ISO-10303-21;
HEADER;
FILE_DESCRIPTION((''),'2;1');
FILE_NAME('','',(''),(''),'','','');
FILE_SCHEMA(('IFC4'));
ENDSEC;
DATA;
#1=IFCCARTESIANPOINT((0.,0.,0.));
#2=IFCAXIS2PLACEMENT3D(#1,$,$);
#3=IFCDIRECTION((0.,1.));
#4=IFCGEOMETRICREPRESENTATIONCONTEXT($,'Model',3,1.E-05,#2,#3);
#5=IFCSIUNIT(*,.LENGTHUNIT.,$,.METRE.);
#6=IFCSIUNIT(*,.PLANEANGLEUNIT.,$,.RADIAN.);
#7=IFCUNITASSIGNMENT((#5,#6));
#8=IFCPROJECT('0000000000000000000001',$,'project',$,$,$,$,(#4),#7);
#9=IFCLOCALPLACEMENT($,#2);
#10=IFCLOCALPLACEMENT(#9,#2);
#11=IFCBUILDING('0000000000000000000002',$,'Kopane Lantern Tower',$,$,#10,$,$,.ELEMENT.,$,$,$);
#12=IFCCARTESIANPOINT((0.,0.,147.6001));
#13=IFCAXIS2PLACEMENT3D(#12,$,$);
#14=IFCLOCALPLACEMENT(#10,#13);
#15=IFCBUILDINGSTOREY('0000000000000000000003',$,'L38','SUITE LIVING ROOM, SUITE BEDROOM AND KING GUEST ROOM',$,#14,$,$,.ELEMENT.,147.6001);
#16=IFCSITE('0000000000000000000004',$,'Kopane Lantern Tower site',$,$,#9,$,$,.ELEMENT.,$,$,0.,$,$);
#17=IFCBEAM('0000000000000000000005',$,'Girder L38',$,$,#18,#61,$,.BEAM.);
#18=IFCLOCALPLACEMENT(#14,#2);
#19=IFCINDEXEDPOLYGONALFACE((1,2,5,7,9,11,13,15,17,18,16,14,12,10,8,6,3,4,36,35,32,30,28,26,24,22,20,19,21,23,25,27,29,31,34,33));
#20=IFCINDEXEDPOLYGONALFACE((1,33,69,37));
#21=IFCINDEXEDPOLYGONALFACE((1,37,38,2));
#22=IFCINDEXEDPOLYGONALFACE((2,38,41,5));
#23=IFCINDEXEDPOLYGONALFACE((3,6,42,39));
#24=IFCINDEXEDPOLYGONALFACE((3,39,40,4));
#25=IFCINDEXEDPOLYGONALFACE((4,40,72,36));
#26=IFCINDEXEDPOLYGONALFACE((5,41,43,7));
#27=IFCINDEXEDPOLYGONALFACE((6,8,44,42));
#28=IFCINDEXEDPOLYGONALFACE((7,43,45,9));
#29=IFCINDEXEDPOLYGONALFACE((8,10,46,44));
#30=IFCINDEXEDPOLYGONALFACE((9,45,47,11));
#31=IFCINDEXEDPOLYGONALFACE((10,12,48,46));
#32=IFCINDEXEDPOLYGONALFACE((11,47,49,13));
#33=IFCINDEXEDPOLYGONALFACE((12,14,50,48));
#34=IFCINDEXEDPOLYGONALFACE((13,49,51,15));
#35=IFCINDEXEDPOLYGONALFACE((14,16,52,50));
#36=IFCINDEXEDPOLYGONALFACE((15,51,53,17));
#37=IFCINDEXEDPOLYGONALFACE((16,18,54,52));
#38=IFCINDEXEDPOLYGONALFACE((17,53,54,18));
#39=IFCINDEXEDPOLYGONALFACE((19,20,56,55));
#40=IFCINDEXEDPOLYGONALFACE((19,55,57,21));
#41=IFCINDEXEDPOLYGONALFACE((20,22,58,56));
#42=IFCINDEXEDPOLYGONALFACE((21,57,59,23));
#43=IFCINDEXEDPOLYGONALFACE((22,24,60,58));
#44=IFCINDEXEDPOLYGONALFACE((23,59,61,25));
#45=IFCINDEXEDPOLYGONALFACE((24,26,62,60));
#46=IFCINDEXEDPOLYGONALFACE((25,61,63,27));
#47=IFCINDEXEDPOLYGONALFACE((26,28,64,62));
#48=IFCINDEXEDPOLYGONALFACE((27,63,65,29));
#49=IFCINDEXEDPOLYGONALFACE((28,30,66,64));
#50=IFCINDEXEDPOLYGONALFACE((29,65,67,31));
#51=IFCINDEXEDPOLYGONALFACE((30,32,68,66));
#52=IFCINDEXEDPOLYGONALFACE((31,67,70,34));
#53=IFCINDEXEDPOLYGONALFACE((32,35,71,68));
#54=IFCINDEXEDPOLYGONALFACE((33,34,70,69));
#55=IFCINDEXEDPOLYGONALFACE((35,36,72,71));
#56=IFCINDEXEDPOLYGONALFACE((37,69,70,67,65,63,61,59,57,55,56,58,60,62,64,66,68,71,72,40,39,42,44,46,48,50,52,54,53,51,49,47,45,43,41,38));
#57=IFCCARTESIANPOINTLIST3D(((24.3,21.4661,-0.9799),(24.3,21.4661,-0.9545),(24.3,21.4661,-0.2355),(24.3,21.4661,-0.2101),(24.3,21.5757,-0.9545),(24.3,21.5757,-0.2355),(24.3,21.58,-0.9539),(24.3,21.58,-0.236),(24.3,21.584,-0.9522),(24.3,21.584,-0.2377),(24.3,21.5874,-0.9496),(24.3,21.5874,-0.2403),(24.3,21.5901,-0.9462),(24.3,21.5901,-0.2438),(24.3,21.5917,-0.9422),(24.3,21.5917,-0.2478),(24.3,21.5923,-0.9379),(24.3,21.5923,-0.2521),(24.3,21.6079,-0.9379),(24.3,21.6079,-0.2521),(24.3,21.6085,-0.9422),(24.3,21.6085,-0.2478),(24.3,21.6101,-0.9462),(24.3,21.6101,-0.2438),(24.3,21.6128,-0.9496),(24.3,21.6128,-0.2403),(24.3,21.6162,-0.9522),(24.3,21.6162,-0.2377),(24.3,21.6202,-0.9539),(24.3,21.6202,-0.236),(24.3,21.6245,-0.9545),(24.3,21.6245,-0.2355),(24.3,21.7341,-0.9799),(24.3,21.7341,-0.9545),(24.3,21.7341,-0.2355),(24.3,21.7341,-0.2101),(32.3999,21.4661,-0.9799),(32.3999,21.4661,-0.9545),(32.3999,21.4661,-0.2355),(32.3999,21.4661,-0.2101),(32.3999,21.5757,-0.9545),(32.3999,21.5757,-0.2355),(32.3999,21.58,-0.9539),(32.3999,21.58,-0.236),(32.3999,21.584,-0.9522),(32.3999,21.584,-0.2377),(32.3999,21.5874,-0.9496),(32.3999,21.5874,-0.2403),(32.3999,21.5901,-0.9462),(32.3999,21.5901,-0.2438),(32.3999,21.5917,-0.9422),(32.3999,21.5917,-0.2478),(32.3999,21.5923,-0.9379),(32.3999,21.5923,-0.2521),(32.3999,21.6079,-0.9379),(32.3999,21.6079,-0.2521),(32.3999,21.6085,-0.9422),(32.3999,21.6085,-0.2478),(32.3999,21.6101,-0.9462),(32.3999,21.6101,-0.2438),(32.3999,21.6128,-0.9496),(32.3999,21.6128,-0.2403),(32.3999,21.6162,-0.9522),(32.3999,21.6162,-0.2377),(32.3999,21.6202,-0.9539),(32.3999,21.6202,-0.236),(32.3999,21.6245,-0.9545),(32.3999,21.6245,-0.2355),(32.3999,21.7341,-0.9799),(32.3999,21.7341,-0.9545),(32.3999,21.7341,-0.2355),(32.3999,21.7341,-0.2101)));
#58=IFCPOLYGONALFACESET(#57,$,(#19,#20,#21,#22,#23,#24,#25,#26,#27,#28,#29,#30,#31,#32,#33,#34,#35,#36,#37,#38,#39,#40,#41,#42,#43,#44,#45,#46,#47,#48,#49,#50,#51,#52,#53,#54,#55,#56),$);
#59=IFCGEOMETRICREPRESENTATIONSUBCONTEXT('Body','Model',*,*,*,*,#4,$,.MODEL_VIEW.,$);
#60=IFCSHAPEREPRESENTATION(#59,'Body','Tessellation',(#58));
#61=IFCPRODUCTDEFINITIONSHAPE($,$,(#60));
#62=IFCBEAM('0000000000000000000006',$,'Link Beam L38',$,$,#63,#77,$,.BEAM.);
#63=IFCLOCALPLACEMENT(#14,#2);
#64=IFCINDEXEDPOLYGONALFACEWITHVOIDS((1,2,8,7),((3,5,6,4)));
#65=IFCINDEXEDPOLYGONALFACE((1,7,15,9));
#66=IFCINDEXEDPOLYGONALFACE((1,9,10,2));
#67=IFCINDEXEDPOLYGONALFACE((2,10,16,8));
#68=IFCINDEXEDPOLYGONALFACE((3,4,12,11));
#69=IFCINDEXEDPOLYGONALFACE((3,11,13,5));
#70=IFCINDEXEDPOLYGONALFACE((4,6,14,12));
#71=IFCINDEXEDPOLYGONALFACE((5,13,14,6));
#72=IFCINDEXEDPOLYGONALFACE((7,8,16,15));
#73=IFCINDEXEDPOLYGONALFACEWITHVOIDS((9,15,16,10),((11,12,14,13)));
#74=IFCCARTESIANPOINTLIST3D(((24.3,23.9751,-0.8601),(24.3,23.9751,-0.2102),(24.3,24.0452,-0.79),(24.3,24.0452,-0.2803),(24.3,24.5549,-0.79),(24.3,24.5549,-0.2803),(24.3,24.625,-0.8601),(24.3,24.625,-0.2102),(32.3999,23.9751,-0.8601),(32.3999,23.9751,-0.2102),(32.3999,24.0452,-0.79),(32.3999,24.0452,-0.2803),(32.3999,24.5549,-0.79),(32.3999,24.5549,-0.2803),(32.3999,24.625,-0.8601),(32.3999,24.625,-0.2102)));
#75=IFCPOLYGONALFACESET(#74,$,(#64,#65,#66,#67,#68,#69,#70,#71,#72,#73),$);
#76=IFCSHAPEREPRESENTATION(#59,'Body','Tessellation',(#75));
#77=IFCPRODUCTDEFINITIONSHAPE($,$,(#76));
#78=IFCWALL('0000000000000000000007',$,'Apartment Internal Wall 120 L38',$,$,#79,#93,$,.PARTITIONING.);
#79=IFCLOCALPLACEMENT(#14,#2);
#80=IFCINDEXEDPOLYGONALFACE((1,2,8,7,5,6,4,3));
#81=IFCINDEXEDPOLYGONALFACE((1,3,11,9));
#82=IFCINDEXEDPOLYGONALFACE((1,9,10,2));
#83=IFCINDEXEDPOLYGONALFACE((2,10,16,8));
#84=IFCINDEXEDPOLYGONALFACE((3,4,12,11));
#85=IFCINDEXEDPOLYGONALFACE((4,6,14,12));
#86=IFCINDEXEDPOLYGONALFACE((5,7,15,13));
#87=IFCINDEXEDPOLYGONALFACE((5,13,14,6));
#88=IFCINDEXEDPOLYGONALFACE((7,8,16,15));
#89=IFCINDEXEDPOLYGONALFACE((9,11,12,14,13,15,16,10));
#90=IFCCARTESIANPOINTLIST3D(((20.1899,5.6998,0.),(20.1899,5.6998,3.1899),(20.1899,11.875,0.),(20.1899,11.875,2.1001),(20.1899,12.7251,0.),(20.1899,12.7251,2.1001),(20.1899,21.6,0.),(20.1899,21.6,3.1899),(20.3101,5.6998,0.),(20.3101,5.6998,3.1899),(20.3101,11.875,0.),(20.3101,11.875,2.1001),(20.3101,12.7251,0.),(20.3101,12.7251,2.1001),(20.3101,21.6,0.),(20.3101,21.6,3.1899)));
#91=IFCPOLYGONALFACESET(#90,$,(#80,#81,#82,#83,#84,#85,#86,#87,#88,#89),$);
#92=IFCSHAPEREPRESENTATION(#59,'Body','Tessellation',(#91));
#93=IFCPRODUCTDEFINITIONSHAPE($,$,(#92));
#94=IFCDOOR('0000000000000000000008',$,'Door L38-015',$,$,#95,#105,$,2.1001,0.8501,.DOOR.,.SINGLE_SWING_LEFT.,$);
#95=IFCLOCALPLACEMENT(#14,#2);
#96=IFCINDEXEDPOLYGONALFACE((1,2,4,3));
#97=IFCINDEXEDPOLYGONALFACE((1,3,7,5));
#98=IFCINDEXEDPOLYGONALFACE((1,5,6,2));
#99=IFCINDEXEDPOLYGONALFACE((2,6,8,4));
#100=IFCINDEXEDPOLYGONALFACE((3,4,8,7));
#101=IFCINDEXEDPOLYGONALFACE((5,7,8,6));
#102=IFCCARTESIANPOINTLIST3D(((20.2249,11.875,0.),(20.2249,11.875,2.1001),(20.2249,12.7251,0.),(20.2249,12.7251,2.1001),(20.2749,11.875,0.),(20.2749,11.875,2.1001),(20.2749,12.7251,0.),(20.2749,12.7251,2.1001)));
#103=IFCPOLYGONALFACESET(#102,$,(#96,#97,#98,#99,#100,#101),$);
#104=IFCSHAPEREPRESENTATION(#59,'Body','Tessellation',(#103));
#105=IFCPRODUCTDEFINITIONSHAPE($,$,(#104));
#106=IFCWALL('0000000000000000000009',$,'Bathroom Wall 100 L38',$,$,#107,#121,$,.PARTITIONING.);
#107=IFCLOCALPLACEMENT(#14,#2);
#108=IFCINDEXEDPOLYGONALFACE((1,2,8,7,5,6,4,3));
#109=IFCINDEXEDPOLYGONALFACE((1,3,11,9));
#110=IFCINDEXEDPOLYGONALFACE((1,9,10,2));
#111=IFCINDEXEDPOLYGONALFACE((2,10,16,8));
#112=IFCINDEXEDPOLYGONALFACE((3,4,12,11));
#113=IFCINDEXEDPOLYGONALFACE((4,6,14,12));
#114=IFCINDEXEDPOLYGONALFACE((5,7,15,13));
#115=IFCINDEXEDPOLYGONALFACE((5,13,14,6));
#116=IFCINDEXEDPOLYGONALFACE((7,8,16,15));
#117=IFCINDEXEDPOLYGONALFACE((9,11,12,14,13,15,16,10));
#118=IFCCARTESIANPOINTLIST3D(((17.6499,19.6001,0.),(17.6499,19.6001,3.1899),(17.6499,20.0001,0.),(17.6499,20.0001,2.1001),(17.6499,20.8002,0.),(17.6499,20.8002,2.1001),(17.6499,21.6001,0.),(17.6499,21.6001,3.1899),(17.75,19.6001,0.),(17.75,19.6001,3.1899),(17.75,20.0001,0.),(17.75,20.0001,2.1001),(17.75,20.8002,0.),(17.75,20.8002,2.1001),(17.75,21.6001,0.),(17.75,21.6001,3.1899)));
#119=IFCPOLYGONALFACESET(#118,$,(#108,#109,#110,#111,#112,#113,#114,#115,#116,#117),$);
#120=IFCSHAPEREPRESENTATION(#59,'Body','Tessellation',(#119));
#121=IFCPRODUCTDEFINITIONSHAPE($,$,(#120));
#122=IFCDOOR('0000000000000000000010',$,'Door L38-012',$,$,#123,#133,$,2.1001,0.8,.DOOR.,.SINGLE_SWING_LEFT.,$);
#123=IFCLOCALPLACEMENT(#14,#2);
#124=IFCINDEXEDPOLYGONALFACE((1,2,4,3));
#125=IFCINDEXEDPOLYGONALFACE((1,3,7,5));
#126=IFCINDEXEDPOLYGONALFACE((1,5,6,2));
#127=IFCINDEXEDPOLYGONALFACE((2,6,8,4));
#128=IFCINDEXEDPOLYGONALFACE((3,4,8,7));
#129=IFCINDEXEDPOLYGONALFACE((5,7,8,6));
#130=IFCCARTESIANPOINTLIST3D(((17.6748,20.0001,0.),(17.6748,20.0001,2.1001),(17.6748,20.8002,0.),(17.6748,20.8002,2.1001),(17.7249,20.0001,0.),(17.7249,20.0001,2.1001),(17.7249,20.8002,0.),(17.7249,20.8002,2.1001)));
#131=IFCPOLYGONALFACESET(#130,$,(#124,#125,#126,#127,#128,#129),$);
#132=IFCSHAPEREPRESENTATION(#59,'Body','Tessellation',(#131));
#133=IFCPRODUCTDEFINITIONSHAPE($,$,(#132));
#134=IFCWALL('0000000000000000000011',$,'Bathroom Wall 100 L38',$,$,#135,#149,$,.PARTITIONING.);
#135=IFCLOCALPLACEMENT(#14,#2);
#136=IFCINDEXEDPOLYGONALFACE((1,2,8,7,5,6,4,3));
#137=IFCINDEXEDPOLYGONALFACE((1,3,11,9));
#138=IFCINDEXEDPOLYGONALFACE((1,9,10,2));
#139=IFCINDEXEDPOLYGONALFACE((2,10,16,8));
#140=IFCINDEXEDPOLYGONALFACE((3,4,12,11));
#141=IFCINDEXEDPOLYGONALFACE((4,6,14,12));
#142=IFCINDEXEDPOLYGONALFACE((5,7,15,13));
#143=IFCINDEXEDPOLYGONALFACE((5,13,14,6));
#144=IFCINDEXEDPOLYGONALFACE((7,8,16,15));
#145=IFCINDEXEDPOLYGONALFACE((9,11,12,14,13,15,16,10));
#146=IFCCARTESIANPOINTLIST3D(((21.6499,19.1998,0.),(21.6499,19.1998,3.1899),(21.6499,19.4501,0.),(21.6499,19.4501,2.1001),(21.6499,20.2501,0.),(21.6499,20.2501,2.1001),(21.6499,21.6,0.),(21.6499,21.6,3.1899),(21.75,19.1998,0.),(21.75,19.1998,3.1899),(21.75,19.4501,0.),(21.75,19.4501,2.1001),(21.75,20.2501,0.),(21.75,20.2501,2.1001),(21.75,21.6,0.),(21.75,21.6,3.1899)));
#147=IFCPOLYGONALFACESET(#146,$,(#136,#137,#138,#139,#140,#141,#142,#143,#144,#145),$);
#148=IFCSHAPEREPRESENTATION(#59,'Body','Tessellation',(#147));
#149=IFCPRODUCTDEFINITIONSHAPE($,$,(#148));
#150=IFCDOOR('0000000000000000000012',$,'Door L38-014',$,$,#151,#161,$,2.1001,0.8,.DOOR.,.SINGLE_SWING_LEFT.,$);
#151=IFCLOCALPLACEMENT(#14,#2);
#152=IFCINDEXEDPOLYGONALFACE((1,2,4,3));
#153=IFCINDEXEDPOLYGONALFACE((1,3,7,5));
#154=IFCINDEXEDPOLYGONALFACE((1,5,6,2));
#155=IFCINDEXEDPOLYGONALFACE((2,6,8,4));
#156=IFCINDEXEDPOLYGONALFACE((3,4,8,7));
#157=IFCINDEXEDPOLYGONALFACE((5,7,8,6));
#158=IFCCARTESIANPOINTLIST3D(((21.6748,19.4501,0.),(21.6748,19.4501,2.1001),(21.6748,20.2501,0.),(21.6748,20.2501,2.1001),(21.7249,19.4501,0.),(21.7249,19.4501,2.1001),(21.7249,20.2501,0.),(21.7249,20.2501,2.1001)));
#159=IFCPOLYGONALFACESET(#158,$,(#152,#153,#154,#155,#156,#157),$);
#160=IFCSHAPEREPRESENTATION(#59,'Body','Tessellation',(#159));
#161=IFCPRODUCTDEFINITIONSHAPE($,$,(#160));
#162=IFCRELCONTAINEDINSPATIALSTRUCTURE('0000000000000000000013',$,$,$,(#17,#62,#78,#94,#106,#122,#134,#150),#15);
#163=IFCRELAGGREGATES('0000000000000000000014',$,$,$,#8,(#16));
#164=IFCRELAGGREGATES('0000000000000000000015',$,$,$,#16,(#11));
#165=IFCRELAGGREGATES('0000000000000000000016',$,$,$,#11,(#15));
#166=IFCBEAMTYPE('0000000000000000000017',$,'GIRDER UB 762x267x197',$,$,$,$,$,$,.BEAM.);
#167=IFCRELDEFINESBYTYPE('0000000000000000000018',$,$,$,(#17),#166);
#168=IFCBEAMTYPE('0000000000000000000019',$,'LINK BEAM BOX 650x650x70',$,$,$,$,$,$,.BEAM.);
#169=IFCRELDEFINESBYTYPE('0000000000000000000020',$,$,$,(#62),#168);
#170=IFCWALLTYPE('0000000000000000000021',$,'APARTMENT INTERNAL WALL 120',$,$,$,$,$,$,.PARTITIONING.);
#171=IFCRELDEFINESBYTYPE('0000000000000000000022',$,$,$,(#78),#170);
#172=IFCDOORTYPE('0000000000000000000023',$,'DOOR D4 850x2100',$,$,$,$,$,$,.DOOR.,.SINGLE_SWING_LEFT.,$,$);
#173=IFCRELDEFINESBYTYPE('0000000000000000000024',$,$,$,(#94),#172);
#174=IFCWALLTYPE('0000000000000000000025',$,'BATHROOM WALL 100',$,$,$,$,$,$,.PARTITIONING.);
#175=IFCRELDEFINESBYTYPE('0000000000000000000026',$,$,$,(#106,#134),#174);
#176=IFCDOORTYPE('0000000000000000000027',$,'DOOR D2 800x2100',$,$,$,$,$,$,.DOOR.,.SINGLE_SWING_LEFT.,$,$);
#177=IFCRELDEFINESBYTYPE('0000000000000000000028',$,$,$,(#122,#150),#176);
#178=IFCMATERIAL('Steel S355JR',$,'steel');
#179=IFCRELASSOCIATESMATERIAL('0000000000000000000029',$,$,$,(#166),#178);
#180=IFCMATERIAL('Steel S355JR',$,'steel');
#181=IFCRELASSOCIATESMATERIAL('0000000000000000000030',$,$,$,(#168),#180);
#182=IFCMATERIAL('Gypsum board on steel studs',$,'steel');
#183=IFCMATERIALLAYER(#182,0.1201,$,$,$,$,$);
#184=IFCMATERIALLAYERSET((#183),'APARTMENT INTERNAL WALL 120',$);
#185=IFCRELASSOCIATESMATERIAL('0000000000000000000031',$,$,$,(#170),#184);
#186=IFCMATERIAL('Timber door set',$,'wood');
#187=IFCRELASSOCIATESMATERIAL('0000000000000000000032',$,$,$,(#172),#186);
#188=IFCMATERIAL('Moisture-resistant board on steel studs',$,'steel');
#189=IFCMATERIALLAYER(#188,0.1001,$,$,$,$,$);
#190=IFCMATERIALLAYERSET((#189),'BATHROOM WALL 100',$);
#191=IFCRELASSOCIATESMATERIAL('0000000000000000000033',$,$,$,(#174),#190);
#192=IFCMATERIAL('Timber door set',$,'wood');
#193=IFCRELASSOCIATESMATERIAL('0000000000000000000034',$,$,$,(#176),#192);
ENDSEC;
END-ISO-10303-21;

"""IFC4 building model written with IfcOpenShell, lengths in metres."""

from ifc_helpers import new_model, si_unit, direction, frame, frame_2d, origin, origin_2d, place, context, subcontext, project, spatial, rectangle, hollow_rectangle, i_section, extrude, material, layer, layer_set, material_profile, profile_set, type_object, element, fill, save


model = new_model("IFC4")

# Units and contexts
model_context = context("Model", 3, precision=1e-05, world=origin(), true_north=direction((0.0, 1.0)))
body_context = subcontext(model_context, "Body", "Model", "MODEL_VIEW")
ifc_project = project(units=[si_unit("LENGTHUNIT", "METRE"), si_unit("PLANEANGLEUNIT", "RADIAN")], contexts=[model_context])

# Site, building, storey
site_placement = place(None, origin())
site = spatial("IfcSite", under=ifc_project, at=site_placement, Name="Kopane Lantern Tower site", CompositionType="ELEMENT", RefElevation=0.0)
building_placement = place(site_placement, origin())
building = spatial("IfcBuilding", under=site, at=building_placement, Name="Kopane Lantern Tower", CompositionType="ELEMENT")
storey_placement = place(building_placement, frame((0.0, 0.0, 147.6001)))
storey = spatial("IfcBuildingStorey", under=building, at=storey_placement, Name="L38", Description="SUITE LIVING ROOM, SUITE BEDROOM AND KING GUEST ROOM", CompositionType="ELEMENT", Elevation=147.6001)

# Beams
ifc_material_1 = material(Name="Steel S355JR", Category="steel")
ifc_material_profile_1 = material_profile(ifc_material_1, i_section(OverallWidth=0.2681, OverallDepth=0.7698, WebThickness=0.0156, FlangeThickness=0.0254, FilletRadius=0.0166, at=origin_2d()), Name="UB 762x267x197")
ifc_profile_set_1 = profile_set([ifc_material_profile_1], Name="Steel S355JR")
beam_type_1 = type_object("IfcBeamType", Name="GIRDER UB 762x267x197", PredefinedType="BEAM", material=ifc_profile_set_1)
beam_1_placement = place(storey_placement, frame((24.3, 21.6001, -0.595), z_axis=(1.0, 0.0, 0.0), x_axis=(0.0, 1.0, 0.0)))
element("IfcBeam", 1, at=beam_1_placement, inside=storey, type_object=beam_type_1, Name="Girder L38", PredefinedType="BEAM", context=body_context, shape_type="SweptSolid", body=[
    extrude(i_section(OverallWidth=0.2681, OverallDepth=0.7698, WebThickness=0.0156, FlangeThickness=0.0254, FilletRadius=0.0166, at=origin_2d()), origin(), (0.0, 0.0, 1.0), 8.0999),
])
ifc_material_2 = material(Name="Steel S355JR", Category="steel")
ifc_material_profile_2 = material_profile(ifc_material_2, hollow_rectangle(XDim=0.6499, YDim=0.6499, WallThickness=0.0701, at=origin_2d()), Name="BOX 650x650x70")
ifc_profile_set_2 = profile_set([ifc_material_profile_2], Name="Steel S355JR")
beam_type_2 = type_object("IfcBeamType", Name="LINK BEAM BOX 650x650x70", PredefinedType="BEAM", material=ifc_profile_set_2)
beam_2_placement = place(storey_placement, frame((24.3, 24.3, -0.5352), z_axis=(1.0, 0.0, 0.0), x_axis=(0.0, 1.0, 0.0)))
element("IfcBeam", 2, at=beam_2_placement, inside=storey, type_object=beam_type_2, Name="Link Beam L38", PredefinedType="BEAM", context=body_context, shape_type="SweptSolid", body=[
    extrude(hollow_rectangle(XDim=0.6499, YDim=0.6499, WallThickness=0.0701, at=origin_2d()), origin(), (0.0, 0.0, 1.0), 8.0999),
])

# Walls, openings, doors
ifc_material_3 = material(Name="Gypsum board on steel studs", Category="steel")
ifc_layer_1 = layer(ifc_material_3, 0.1201)
ifc_layer_set_1 = layer_set([ifc_layer_1], Name="APARTMENT INTERNAL WALL 120")
wall_type_1 = type_object("IfcWallType", Name="APARTMENT INTERNAL WALL 120", PredefinedType="PARTITIONING", material=ifc_layer_set_1)
wall_1_placement = place(storey_placement, frame((20.25, 21.6001, 0.0), z_axis=(0.0, 0.0, 1.0), x_axis=(0.0, -1.0, 0.0)))
wall_1 = element("IfcWall", 3, at=wall_1_placement, inside=storey, type_object=wall_type_1, Name="Apartment Internal Wall 120 L38", PredefinedType="PARTITIONING", context=body_context, shape_type="SweptSolid", body=[
    extrude(rectangle(XDim=15.9001, YDim=0.1201, at=frame_2d((7.9502, 0.0))), origin(), (0.0, 0.0, 1.0), 3.1899),
])
opening_1_placement = place(wall_1_placement, frame((8.875, 0.0, 0.0)))
opening_1 = element("IfcOpeningElement", 4, at=opening_1_placement, cuts=wall_1, PredefinedType="OPENING", context=body_context, shape_type="SweptSolid", body=[
    extrude(rectangle(XDim=0.8501, YDim=2.1001, at=frame_2d((0.425, 1.05))), frame((0.0, 0.0701, 0.0), z_axis=(0.0, -1.0, 0.0), x_axis=(1.0, 0.0, 0.0)), (0.0, 0.0, 1.0), 0.1401),
])
ifc_material_4 = material(Name="Timber door set", Category="wood")
door_type_1 = type_object("IfcDoorType", Name="DOOR D4 850x2100", OperationType="SINGLE_SWING_LEFT", PredefinedType="DOOR", material=ifc_material_4)
door_1_placement = place(opening_1_placement, origin())
door_1 = element("IfcDoor", 5, at=door_1_placement, inside=storey, type_object=door_type_1, Name="Door L38-015", OperationType="SINGLE_SWING_LEFT", OverallHeight=2.1001, OverallWidth=0.8501, PredefinedType="DOOR", context=body_context, shape_type="SweptSolid", body=[
    extrude(rectangle(XDim=0.8501, YDim=2.1001, at=frame_2d((0.425, 1.05))), frame((0.0, 0.0249, 0.0), z_axis=(0.0, -1.0, 0.0), x_axis=(1.0, 0.0, 0.0)), (0.0, 0.0, 1.0), 0.05),
])
fill(opening_1, door_1)
ifc_material_5 = material(Name="Moisture-resistant board on steel studs", Category="steel")
ifc_layer_2 = layer(ifc_material_5, 0.1001)
ifc_layer_set_2 = layer_set([ifc_layer_2], Name="BATHROOM WALL 100")
wall_type_2 = type_object("IfcWallType", Name="BATHROOM WALL 100", PredefinedType="PARTITIONING", material=ifc_layer_set_2)
wall_2_placement = place(storey_placement, frame((17.7, 21.6001, 0.0), z_axis=(0.0, 0.0, 1.0), x_axis=(0.0, -1.0, 0.0)))
wall_2 = element("IfcWall", 6, at=wall_2_placement, inside=storey, type_object=wall_type_2, Name="Bathroom Wall 100 L38", PredefinedType="PARTITIONING", context=body_context, shape_type="SweptSolid", body=[
    extrude(rectangle(XDim=2.0, YDim=0.1001, at=frame_2d((1.0, 0.0))), origin(), (0.0, 0.0, 1.0), 3.1899),
])
opening_2_placement = place(wall_2_placement, frame((0.8, 0.0, 0.0)))
opening_2 = element("IfcOpeningElement", 7, at=opening_2_placement, cuts=wall_2, PredefinedType="OPENING", context=body_context, shape_type="SweptSolid", body=[
    extrude(rectangle(XDim=0.8, YDim=2.1001, at=frame_2d((0.3999, 1.05))), frame((0.0, 0.0601, 0.0), z_axis=(0.0, -1.0, 0.0), x_axis=(1.0, 0.0, 0.0)), (0.0, 0.0, 1.0), 0.1201),
])
ifc_material_6 = material(Name="Timber door set", Category="wood")
door_type_2 = type_object("IfcDoorType", Name="DOOR D2 800x2100", OperationType="SINGLE_SWING_LEFT", PredefinedType="DOOR", material=ifc_material_6)
door_2_placement = place(opening_2_placement, origin())
door_2 = element("IfcDoor", 8, at=door_2_placement, inside=storey, type_object=door_type_2, Name="Door L38-012", OperationType="SINGLE_SWING_LEFT", OverallHeight=2.1001, OverallWidth=0.8, PredefinedType="DOOR", context=body_context, shape_type="SweptSolid", body=[
    extrude(rectangle(XDim=0.8, YDim=2.1001, at=frame_2d((0.3999, 1.05))), frame((0.0, 0.0249, 0.0), z_axis=(0.0, -1.0, 0.0), x_axis=(1.0, 0.0, 0.0)), (0.0, 0.0, 1.0), 0.05),
])
fill(opening_2, door_2)
wall_3_placement = place(storey_placement, frame((21.7, 21.6001, 0.0), z_axis=(0.0, 0.0, 1.0), x_axis=(0.0, -1.0, 0.0)))
wall_3 = element("IfcWall", 9, at=wall_3_placement, inside=storey, type_object=wall_type_2, Name="Bathroom Wall 100 L38", PredefinedType="PARTITIONING", context=body_context, shape_type="SweptSolid", body=[
    extrude(rectangle(XDim=2.4001, YDim=0.1001, at=frame_2d((1.2002, 0.0))), origin(), (0.0, 0.0, 1.0), 3.1899),
])
opening_3_placement = place(wall_3_placement, frame((1.3501, 0.0, 0.0)))
opening_3 = element("IfcOpeningElement", 10, at=opening_3_placement, cuts=wall_3, PredefinedType="OPENING", context=body_context, shape_type="SweptSolid", body=[
    extrude(rectangle(XDim=0.8, YDim=2.1001, at=frame_2d((0.3999, 1.05))), frame((0.0, 0.0601, 0.0), z_axis=(0.0, -1.0, 0.0), x_axis=(1.0, 0.0, 0.0)), (0.0, 0.0, 1.0), 0.1201),
])
door_3_placement = place(opening_3_placement, origin())
door_3 = element("IfcDoor", 11, at=door_3_placement, inside=storey, type_object=door_type_2, Name="Door L38-014", OperationType="SINGLE_SWING_LEFT", OverallHeight=2.1001, OverallWidth=0.8, PredefinedType="DOOR", context=body_context, shape_type="SweptSolid", body=[
    extrude(rectangle(XDim=0.8, YDim=2.1001, at=frame_2d((0.3999, 1.05))), frame((0.0, 0.0249, 0.0), z_axis=(0.0, -1.0, 0.0), x_axis=(1.0, 0.0, 0.0)), (0.0, 0.0, 1.0), 0.05),
])
fill(opening_3, door_3)

save(model, "model.ifc")
